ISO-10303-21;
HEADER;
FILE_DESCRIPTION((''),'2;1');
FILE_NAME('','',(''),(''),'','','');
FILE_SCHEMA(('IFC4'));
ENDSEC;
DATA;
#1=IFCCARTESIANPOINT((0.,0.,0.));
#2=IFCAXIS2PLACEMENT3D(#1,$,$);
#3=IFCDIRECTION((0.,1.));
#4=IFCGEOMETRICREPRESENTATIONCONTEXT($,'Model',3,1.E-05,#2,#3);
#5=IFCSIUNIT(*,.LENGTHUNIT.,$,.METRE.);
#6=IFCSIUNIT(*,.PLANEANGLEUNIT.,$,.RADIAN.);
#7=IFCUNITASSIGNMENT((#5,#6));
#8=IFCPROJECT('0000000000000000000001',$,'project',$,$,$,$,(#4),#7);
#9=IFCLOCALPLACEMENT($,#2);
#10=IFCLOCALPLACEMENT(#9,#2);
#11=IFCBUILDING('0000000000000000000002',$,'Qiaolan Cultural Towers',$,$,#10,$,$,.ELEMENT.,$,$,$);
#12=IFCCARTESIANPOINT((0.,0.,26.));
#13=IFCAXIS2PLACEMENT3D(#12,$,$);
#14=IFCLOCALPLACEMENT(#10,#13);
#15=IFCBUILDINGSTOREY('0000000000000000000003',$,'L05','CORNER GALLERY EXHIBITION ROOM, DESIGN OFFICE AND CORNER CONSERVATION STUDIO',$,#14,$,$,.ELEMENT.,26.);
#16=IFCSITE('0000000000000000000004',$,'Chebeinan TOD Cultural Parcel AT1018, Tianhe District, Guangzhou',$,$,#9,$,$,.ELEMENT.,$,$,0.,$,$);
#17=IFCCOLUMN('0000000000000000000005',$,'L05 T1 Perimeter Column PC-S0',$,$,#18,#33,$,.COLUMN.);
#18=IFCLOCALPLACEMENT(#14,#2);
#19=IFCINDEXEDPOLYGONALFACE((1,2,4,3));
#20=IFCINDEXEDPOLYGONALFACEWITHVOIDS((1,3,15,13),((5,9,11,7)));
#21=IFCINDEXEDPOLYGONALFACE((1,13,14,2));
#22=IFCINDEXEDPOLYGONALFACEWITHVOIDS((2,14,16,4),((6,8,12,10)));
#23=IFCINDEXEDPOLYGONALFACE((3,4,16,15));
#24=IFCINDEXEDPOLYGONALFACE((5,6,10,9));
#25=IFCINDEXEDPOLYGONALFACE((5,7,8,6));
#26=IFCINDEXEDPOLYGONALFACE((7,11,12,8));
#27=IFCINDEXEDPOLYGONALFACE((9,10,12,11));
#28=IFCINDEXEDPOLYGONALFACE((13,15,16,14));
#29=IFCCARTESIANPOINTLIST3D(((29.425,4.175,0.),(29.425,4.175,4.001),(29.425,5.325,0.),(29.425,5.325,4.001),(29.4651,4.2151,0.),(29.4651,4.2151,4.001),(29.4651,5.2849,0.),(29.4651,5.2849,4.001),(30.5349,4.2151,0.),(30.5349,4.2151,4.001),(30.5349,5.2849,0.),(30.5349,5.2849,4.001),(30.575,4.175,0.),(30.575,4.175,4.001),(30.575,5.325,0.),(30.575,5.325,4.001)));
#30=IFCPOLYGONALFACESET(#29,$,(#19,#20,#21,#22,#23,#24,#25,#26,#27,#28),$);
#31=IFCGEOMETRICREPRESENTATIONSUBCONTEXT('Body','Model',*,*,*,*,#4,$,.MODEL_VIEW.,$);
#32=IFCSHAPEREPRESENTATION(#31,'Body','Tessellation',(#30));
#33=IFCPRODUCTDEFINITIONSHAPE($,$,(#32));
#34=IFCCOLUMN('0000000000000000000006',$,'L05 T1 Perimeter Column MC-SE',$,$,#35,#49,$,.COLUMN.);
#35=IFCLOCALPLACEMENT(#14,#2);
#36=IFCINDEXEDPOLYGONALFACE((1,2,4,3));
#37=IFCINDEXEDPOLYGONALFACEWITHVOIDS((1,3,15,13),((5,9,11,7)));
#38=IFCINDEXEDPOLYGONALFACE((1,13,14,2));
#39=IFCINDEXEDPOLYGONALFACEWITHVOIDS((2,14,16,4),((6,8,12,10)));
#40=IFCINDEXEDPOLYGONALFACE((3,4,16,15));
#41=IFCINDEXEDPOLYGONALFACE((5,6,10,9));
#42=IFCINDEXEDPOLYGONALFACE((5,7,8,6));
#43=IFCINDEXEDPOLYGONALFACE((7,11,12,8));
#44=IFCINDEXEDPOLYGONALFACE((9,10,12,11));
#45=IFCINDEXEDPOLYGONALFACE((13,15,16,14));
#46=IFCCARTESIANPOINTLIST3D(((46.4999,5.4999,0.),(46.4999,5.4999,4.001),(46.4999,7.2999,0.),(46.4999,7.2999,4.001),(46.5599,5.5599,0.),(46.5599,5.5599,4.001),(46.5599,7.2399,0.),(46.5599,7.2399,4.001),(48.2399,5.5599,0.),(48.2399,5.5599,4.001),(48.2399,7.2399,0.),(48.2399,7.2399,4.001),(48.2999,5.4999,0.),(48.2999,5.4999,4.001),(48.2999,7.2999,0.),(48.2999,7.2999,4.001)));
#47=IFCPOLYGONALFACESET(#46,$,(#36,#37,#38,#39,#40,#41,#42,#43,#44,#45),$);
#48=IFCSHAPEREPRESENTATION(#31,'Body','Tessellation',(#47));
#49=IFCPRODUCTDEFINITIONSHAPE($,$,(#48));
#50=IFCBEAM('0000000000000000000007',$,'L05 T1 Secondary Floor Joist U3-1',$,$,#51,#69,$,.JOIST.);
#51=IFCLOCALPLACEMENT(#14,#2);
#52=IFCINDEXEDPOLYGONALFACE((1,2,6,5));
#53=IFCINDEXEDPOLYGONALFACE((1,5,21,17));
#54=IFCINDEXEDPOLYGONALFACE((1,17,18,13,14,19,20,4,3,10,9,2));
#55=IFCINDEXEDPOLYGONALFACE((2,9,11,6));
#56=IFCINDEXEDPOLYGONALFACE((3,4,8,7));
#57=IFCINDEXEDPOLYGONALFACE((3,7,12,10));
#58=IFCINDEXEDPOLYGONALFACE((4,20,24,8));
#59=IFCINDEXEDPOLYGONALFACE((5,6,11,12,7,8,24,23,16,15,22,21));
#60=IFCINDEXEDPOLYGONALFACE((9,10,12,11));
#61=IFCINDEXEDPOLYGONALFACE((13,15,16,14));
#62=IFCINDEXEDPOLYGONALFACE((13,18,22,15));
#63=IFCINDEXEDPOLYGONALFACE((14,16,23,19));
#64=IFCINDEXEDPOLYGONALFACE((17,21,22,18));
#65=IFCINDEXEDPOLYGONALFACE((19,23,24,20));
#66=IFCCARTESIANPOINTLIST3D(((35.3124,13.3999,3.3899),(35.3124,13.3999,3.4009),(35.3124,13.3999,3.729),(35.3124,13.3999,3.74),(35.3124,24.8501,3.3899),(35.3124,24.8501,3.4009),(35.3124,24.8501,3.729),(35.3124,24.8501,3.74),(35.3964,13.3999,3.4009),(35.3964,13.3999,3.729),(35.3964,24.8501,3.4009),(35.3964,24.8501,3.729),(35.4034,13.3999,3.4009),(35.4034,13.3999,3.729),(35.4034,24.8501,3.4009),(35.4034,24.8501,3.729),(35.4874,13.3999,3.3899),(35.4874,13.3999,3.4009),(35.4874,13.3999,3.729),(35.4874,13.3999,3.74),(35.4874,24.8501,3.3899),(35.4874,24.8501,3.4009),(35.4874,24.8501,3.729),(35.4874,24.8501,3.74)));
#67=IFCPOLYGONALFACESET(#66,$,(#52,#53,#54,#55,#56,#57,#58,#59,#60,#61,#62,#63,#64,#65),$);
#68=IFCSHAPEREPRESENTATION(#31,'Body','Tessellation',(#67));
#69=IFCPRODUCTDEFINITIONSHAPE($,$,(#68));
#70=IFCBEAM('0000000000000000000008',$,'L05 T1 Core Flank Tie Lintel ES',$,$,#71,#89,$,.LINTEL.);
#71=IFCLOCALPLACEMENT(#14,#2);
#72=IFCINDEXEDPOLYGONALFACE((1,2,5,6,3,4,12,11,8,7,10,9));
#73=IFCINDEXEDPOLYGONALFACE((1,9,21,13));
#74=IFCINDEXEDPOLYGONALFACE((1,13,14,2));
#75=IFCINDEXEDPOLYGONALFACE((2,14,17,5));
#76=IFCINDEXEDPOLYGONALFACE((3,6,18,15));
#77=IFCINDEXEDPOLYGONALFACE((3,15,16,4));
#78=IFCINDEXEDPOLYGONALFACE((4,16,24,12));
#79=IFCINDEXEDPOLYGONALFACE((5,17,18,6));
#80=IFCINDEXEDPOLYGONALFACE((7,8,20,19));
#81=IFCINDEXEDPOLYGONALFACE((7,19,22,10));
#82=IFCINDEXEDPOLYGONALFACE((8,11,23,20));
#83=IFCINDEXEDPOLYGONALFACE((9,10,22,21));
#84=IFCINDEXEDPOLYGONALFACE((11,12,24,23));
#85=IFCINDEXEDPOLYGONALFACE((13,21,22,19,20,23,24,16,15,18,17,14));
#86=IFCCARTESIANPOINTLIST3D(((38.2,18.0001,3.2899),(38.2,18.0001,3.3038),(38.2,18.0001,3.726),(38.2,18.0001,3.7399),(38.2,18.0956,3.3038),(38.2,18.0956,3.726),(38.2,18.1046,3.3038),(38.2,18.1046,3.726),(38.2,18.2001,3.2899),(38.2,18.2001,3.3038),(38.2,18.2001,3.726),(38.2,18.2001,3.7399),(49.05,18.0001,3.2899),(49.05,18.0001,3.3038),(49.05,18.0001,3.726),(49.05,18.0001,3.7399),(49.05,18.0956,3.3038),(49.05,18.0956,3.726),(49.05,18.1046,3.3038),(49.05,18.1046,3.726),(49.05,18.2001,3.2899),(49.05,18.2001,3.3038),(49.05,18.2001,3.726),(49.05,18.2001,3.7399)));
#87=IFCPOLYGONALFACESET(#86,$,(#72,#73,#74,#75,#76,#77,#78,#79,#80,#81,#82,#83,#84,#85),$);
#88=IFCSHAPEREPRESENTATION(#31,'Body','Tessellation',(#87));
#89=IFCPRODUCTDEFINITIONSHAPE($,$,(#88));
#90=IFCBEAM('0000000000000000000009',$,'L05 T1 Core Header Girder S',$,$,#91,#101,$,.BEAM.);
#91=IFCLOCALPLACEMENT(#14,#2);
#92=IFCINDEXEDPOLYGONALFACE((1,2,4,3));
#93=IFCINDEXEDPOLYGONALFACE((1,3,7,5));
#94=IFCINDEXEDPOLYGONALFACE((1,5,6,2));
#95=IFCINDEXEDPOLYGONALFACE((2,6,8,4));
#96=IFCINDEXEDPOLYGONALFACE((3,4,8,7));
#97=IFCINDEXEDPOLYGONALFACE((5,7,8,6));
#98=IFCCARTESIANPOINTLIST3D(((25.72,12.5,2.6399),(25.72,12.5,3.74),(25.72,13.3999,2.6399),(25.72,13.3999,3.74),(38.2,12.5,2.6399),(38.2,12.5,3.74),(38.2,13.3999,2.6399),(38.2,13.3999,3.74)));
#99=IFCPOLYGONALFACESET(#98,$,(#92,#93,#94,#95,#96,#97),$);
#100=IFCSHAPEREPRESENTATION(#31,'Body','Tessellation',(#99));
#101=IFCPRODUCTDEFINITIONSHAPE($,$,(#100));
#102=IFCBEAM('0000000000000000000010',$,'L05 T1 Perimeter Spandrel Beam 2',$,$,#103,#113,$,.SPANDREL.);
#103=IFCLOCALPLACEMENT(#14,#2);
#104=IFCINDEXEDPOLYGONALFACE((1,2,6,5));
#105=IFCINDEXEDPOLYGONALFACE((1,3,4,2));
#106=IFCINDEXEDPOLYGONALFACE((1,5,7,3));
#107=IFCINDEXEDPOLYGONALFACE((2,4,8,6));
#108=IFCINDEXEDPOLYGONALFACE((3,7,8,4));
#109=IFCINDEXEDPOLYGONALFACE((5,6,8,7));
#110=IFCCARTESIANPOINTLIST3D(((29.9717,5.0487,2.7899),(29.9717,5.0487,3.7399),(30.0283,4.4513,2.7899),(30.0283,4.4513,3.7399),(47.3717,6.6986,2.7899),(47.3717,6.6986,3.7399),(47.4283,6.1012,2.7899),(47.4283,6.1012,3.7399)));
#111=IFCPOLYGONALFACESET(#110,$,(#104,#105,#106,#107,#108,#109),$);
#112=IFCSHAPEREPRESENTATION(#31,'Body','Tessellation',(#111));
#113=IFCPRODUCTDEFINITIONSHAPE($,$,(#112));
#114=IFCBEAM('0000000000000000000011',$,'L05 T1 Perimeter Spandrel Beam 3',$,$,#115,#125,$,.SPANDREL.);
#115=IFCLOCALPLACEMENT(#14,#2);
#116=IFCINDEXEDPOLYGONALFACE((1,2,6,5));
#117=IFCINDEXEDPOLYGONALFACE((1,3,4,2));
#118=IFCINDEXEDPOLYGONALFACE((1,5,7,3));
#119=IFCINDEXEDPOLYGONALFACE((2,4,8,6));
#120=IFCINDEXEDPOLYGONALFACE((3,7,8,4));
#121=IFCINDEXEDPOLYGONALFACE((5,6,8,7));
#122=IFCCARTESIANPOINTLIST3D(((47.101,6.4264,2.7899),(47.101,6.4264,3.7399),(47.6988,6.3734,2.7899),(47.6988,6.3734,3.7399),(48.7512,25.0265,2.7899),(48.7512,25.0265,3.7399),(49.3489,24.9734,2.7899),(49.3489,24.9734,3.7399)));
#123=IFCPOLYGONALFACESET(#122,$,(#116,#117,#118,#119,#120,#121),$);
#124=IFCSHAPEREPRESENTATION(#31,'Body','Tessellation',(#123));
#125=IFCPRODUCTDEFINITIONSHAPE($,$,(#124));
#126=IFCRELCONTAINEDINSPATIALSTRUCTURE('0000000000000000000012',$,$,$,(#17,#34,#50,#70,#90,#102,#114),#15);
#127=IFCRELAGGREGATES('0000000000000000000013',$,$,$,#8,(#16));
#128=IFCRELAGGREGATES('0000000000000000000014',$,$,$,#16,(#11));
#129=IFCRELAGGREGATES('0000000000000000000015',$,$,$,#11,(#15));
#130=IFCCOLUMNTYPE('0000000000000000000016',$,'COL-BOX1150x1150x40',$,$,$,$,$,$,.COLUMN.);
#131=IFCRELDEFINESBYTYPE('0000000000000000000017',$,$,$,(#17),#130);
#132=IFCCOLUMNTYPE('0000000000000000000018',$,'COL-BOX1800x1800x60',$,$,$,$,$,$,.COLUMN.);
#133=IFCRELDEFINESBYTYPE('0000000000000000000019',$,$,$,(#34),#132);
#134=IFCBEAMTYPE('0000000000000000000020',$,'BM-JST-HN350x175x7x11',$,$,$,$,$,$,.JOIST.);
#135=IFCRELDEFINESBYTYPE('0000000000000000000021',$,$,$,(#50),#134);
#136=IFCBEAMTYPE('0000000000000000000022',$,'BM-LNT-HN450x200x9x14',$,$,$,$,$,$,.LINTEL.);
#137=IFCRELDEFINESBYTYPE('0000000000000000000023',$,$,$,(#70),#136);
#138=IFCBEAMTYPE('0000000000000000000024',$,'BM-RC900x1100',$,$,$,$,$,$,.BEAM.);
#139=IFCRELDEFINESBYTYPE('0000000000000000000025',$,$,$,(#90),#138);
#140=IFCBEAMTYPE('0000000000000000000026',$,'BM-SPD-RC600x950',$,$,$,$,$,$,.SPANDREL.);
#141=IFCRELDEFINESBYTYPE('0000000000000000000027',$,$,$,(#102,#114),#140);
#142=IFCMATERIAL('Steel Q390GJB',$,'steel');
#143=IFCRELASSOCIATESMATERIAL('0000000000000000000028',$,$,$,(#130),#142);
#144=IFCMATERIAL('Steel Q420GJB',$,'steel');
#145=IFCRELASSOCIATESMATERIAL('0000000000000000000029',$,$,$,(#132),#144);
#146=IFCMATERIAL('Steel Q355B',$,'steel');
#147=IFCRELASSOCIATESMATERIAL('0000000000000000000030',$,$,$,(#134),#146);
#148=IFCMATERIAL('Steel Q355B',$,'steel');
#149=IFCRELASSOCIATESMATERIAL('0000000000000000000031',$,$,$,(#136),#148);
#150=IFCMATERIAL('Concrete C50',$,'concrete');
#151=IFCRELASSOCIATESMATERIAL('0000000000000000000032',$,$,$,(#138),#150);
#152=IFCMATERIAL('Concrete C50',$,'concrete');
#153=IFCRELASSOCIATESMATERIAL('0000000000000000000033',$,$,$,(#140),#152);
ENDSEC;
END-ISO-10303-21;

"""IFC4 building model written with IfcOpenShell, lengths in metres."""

from ifc_helpers import new_model, si_unit, direction, frame, origin, origin_2d, place, context, subcontext, project, spatial, rectangle, hollow_rectangle, i_section, extrude, material, material_profile, profile_set, type_object, element, save


model = new_model("IFC4")

# Units and contexts
model_context = context("Model", 3, precision=1e-05, world=origin(), true_north=direction((0.0, 1.0)))
body_context = subcontext(model_context, "Body", "Model", "MODEL_VIEW")
ifc_project = project(units=[si_unit("LENGTHUNIT", "METRE"), si_unit("PLANEANGLEUNIT", "RADIAN")], contexts=[model_context])

# Site, building, storey
site_placement = place(None, origin())
site = spatial("IfcSite", under=ifc_project, at=site_placement, Name="Chebeinan TOD Cultural Parcel AT1018, Tianhe District, Guangzhou", CompositionType="ELEMENT", RefElevation=0.0)
building_placement = place(site_placement, origin())
building = spatial("IfcBuilding", under=site, at=building_placement, Name="Qiaolan Cultural Towers", CompositionType="ELEMENT")
storey_placement = place(building_placement, frame((0.0, 0.0, 26.0)))
storey = spatial("IfcBuildingStorey", under=building, at=storey_placement, Name="L05", Description="CORNER GALLERY EXHIBITION ROOM, DESIGN OFFICE AND CORNER CONSERVATION STUDIO", CompositionType="ELEMENT", Elevation=26.0)

# Columns
ifc_material_1 = material(Name="Steel Q390GJB", Category="steel")
ifc_material_profile_1 = material_profile(ifc_material_1, hollow_rectangle(XDim=1.1499, YDim=1.1499, WallThickness=0.04, at=origin_2d()), Name="BOX1150x1150x40")
ifc_profile_set_1 = profile_set([ifc_material_profile_1], Name="Steel Q390GJB")
column_type_1 = type_object("IfcColumnType", Name="COL-BOX1150x1150x40", PredefinedType="COLUMN", material=ifc_profile_set_1)
column_1_placement = place(storey_placement, frame((30.0, 4.75, 0.0), z_axis=(0.0, 0.0, 1.0), x_axis=(1.0, 0.0, 0.0)))
element("IfcColumn", 1, at=column_1_placement, inside=storey, type_object=column_type_1, Name="L05 T1 Perimeter Column PC-S0", PredefinedType="COLUMN", context=body_context, shape_type="SweptSolid", body=[
    extrude(hollow_rectangle(XDim=1.1499, YDim=1.1499, WallThickness=0.04, at=origin_2d()), origin(), (0.0, 0.0, 1.0), 4.001),
])
ifc_material_2 = material(Name="Steel Q420GJB", Category="steel")
ifc_material_profile_2 = material_profile(ifc_material_2, hollow_rectangle(XDim=1.8, YDim=1.8, WallThickness=0.0601, at=origin_2d()), Name="BOX1800x1800x60")
ifc_profile_set_2 = profile_set([ifc_material_profile_2], Name="Steel Q420GJB")
column_type_2 = type_object("IfcColumnType", Name="COL-BOX1800x1800x60", PredefinedType="COLUMN", material=ifc_profile_set_2)
column_2_placement = place(storey_placement, frame((47.3999, 6.3999, 0.0), z_axis=(0.0, 0.0, 1.0), x_axis=(1.0, 0.0, 0.0)))
element("IfcColumn", 2, at=column_2_placement, inside=storey, type_object=column_type_2, Name="L05 T1 Perimeter Column MC-SE", PredefinedType="COLUMN", context=body_context, shape_type="SweptSolid", body=[
    extrude(hollow_rectangle(XDim=1.8, YDim=1.8, WallThickness=0.0601, at=origin_2d()), origin(), (0.0, 0.0, 1.0), 4.001),
])

# Beams
ifc_material_3 = material(Name="Steel Q355B", Category="steel")
ifc_material_profile_3 = material_profile(ifc_material_3, i_section(OverallWidth=0.175, OverallDepth=0.3501, WebThickness=0.0071, FlangeThickness=0.011, at=origin_2d()), Name="HN350x175x7x11")
ifc_profile_set_3 = profile_set([ifc_material_profile_3], Name="Steel Q355B")
beam_type_1 = type_object("IfcBeamType", Name="BM-JST-HN350x175x7x11", PredefinedType="JOIST", material=ifc_profile_set_3)
beam_1_placement = place(storey_placement, frame((35.3999, 13.3999, 3.5649), z_axis=(0.0, 1.0, 0.0), x_axis=(-1.0, 0.0, 0.0)))
element("IfcBeam", 3, at=beam_1_placement, inside=storey, type_object=beam_type_1, Name="L05 T1 Secondary Floor Joist U3-1", PredefinedType="JOIST", context=body_context, shape_type="SweptSolid", body=[
    extrude(i_section(OverallWidth=0.175, OverallDepth=0.3501, WebThickness=0.0071, FlangeThickness=0.011, at=origin_2d()), origin(), (0.0, 0.0, 1.0), 11.4502),
])
ifc_material_4 = material(Name="Steel Q355B", Category="steel")
ifc_material_profile_4 = material_profile(ifc_material_4, i_section(OverallWidth=0.2, OverallDepth=0.45, WebThickness=0.009, FlangeThickness=0.0139, at=origin_2d()), Name="HN450x200x9x14")
ifc_profile_set_4 = profile_set([ifc_material_profile_4], Name="Steel Q355B")
beam_type_2 = type_object("IfcBeamType", Name="BM-LNT-HN450x200x9x14", PredefinedType="LINTEL", material=ifc_profile_set_4)
beam_2_placement = place(storey_placement, frame((38.2, 18.1001, 3.5149), z_axis=(1.0, 0.0, 0.0), x_axis=(0.0, 1.0, 0.0)))
element("IfcBeam", 4, at=beam_2_placement, inside=storey, type_object=beam_type_2, Name="L05 T1 Core Flank Tie Lintel ES", PredefinedType="LINTEL", context=body_context, shape_type="SweptSolid", body=[
    extrude(i_section(OverallWidth=0.2, OverallDepth=0.45, WebThickness=0.009, FlangeThickness=0.0139, at=origin_2d()), origin(), (0.0, 0.0, 1.0), 10.8501),
])
ifc_material_5 = material(Name="Concrete C50", Category="concrete")
ifc_material_profile_5 = material_profile(ifc_material_5, rectangle(XDim=0.8999, YDim=1.1001, at=origin_2d()), Name="RC900x1100")
ifc_profile_set_5 = profile_set([ifc_material_profile_5], Name="Concrete C50")
beam_type_3 = type_object("IfcBeamType", Name="BM-RC900x1100", PredefinedType="BEAM", material=ifc_profile_set_5)
beam_3_placement = place(storey_placement, frame((25.72, 12.95, 3.1899), z_axis=(1.0, 0.0, 0.0), x_axis=(0.0, 1.0, 0.0)))
element("IfcBeam", 5, at=beam_3_placement, inside=storey, type_object=beam_type_3, Name="L05 T1 Core Header Girder S", PredefinedType="BEAM", context=body_context, shape_type="SweptSolid", body=[
    extrude(rectangle(XDim=0.8999, YDim=1.1001, at=origin_2d()), origin(), (0.0, 0.0, 1.0), 12.48),
])
ifc_material_6 = material(Name="Concrete C50", Category="concrete")
ifc_material_profile_6 = material_profile(ifc_material_6, rectangle(XDim=0.6001, YDim=0.95, at=origin_2d()), Name="RC600x950")
ifc_profile_set_6 = profile_set([ifc_material_profile_6], Name="Concrete C50")
beam_type_4 = type_object("IfcBeamType", Name="BM-SPD-RC600x950", PredefinedType="SPANDREL", material=ifc_profile_set_6)
beam_4_placement = place(storey_placement, frame((30.0, 4.75, 3.2649), z_axis=(0.995534, 0.094399, 0.0), x_axis=(-0.094399, 0.995534, 0.0)))
element("IfcBeam", 6, at=beam_4_placement, inside=storey, type_object=beam_type_4, Name="L05 T1 Perimeter Spandrel Beam 2", PredefinedType="SPANDREL", context=body_context, shape_type="SweptSolid", body=[
    extrude(rectangle(XDim=0.6001, YDim=0.95, at=origin_2d()), origin(), (0.0, 0.0, 1.0), 17.478),
])
beam_5_placement = place(storey_placement, frame((47.3999, 6.3999, 3.2649), z_axis=(0.08837, 0.996088, 0.0), x_axis=(-0.996088, 0.08837, 0.0)))
element("IfcBeam", 7, at=beam_5_placement, inside=storey, type_object=beam_type_4, Name="L05 T1 Perimeter Spandrel Beam 3", PredefinedType="SPANDREL", context=body_context, shape_type="SweptSolid", body=[
    extrude(rectangle(XDim=0.6001, YDim=0.95, at=origin_2d()), origin(), (0.0, 0.0, 1.0), 18.6731),
])

save(model, "model.ifc")
